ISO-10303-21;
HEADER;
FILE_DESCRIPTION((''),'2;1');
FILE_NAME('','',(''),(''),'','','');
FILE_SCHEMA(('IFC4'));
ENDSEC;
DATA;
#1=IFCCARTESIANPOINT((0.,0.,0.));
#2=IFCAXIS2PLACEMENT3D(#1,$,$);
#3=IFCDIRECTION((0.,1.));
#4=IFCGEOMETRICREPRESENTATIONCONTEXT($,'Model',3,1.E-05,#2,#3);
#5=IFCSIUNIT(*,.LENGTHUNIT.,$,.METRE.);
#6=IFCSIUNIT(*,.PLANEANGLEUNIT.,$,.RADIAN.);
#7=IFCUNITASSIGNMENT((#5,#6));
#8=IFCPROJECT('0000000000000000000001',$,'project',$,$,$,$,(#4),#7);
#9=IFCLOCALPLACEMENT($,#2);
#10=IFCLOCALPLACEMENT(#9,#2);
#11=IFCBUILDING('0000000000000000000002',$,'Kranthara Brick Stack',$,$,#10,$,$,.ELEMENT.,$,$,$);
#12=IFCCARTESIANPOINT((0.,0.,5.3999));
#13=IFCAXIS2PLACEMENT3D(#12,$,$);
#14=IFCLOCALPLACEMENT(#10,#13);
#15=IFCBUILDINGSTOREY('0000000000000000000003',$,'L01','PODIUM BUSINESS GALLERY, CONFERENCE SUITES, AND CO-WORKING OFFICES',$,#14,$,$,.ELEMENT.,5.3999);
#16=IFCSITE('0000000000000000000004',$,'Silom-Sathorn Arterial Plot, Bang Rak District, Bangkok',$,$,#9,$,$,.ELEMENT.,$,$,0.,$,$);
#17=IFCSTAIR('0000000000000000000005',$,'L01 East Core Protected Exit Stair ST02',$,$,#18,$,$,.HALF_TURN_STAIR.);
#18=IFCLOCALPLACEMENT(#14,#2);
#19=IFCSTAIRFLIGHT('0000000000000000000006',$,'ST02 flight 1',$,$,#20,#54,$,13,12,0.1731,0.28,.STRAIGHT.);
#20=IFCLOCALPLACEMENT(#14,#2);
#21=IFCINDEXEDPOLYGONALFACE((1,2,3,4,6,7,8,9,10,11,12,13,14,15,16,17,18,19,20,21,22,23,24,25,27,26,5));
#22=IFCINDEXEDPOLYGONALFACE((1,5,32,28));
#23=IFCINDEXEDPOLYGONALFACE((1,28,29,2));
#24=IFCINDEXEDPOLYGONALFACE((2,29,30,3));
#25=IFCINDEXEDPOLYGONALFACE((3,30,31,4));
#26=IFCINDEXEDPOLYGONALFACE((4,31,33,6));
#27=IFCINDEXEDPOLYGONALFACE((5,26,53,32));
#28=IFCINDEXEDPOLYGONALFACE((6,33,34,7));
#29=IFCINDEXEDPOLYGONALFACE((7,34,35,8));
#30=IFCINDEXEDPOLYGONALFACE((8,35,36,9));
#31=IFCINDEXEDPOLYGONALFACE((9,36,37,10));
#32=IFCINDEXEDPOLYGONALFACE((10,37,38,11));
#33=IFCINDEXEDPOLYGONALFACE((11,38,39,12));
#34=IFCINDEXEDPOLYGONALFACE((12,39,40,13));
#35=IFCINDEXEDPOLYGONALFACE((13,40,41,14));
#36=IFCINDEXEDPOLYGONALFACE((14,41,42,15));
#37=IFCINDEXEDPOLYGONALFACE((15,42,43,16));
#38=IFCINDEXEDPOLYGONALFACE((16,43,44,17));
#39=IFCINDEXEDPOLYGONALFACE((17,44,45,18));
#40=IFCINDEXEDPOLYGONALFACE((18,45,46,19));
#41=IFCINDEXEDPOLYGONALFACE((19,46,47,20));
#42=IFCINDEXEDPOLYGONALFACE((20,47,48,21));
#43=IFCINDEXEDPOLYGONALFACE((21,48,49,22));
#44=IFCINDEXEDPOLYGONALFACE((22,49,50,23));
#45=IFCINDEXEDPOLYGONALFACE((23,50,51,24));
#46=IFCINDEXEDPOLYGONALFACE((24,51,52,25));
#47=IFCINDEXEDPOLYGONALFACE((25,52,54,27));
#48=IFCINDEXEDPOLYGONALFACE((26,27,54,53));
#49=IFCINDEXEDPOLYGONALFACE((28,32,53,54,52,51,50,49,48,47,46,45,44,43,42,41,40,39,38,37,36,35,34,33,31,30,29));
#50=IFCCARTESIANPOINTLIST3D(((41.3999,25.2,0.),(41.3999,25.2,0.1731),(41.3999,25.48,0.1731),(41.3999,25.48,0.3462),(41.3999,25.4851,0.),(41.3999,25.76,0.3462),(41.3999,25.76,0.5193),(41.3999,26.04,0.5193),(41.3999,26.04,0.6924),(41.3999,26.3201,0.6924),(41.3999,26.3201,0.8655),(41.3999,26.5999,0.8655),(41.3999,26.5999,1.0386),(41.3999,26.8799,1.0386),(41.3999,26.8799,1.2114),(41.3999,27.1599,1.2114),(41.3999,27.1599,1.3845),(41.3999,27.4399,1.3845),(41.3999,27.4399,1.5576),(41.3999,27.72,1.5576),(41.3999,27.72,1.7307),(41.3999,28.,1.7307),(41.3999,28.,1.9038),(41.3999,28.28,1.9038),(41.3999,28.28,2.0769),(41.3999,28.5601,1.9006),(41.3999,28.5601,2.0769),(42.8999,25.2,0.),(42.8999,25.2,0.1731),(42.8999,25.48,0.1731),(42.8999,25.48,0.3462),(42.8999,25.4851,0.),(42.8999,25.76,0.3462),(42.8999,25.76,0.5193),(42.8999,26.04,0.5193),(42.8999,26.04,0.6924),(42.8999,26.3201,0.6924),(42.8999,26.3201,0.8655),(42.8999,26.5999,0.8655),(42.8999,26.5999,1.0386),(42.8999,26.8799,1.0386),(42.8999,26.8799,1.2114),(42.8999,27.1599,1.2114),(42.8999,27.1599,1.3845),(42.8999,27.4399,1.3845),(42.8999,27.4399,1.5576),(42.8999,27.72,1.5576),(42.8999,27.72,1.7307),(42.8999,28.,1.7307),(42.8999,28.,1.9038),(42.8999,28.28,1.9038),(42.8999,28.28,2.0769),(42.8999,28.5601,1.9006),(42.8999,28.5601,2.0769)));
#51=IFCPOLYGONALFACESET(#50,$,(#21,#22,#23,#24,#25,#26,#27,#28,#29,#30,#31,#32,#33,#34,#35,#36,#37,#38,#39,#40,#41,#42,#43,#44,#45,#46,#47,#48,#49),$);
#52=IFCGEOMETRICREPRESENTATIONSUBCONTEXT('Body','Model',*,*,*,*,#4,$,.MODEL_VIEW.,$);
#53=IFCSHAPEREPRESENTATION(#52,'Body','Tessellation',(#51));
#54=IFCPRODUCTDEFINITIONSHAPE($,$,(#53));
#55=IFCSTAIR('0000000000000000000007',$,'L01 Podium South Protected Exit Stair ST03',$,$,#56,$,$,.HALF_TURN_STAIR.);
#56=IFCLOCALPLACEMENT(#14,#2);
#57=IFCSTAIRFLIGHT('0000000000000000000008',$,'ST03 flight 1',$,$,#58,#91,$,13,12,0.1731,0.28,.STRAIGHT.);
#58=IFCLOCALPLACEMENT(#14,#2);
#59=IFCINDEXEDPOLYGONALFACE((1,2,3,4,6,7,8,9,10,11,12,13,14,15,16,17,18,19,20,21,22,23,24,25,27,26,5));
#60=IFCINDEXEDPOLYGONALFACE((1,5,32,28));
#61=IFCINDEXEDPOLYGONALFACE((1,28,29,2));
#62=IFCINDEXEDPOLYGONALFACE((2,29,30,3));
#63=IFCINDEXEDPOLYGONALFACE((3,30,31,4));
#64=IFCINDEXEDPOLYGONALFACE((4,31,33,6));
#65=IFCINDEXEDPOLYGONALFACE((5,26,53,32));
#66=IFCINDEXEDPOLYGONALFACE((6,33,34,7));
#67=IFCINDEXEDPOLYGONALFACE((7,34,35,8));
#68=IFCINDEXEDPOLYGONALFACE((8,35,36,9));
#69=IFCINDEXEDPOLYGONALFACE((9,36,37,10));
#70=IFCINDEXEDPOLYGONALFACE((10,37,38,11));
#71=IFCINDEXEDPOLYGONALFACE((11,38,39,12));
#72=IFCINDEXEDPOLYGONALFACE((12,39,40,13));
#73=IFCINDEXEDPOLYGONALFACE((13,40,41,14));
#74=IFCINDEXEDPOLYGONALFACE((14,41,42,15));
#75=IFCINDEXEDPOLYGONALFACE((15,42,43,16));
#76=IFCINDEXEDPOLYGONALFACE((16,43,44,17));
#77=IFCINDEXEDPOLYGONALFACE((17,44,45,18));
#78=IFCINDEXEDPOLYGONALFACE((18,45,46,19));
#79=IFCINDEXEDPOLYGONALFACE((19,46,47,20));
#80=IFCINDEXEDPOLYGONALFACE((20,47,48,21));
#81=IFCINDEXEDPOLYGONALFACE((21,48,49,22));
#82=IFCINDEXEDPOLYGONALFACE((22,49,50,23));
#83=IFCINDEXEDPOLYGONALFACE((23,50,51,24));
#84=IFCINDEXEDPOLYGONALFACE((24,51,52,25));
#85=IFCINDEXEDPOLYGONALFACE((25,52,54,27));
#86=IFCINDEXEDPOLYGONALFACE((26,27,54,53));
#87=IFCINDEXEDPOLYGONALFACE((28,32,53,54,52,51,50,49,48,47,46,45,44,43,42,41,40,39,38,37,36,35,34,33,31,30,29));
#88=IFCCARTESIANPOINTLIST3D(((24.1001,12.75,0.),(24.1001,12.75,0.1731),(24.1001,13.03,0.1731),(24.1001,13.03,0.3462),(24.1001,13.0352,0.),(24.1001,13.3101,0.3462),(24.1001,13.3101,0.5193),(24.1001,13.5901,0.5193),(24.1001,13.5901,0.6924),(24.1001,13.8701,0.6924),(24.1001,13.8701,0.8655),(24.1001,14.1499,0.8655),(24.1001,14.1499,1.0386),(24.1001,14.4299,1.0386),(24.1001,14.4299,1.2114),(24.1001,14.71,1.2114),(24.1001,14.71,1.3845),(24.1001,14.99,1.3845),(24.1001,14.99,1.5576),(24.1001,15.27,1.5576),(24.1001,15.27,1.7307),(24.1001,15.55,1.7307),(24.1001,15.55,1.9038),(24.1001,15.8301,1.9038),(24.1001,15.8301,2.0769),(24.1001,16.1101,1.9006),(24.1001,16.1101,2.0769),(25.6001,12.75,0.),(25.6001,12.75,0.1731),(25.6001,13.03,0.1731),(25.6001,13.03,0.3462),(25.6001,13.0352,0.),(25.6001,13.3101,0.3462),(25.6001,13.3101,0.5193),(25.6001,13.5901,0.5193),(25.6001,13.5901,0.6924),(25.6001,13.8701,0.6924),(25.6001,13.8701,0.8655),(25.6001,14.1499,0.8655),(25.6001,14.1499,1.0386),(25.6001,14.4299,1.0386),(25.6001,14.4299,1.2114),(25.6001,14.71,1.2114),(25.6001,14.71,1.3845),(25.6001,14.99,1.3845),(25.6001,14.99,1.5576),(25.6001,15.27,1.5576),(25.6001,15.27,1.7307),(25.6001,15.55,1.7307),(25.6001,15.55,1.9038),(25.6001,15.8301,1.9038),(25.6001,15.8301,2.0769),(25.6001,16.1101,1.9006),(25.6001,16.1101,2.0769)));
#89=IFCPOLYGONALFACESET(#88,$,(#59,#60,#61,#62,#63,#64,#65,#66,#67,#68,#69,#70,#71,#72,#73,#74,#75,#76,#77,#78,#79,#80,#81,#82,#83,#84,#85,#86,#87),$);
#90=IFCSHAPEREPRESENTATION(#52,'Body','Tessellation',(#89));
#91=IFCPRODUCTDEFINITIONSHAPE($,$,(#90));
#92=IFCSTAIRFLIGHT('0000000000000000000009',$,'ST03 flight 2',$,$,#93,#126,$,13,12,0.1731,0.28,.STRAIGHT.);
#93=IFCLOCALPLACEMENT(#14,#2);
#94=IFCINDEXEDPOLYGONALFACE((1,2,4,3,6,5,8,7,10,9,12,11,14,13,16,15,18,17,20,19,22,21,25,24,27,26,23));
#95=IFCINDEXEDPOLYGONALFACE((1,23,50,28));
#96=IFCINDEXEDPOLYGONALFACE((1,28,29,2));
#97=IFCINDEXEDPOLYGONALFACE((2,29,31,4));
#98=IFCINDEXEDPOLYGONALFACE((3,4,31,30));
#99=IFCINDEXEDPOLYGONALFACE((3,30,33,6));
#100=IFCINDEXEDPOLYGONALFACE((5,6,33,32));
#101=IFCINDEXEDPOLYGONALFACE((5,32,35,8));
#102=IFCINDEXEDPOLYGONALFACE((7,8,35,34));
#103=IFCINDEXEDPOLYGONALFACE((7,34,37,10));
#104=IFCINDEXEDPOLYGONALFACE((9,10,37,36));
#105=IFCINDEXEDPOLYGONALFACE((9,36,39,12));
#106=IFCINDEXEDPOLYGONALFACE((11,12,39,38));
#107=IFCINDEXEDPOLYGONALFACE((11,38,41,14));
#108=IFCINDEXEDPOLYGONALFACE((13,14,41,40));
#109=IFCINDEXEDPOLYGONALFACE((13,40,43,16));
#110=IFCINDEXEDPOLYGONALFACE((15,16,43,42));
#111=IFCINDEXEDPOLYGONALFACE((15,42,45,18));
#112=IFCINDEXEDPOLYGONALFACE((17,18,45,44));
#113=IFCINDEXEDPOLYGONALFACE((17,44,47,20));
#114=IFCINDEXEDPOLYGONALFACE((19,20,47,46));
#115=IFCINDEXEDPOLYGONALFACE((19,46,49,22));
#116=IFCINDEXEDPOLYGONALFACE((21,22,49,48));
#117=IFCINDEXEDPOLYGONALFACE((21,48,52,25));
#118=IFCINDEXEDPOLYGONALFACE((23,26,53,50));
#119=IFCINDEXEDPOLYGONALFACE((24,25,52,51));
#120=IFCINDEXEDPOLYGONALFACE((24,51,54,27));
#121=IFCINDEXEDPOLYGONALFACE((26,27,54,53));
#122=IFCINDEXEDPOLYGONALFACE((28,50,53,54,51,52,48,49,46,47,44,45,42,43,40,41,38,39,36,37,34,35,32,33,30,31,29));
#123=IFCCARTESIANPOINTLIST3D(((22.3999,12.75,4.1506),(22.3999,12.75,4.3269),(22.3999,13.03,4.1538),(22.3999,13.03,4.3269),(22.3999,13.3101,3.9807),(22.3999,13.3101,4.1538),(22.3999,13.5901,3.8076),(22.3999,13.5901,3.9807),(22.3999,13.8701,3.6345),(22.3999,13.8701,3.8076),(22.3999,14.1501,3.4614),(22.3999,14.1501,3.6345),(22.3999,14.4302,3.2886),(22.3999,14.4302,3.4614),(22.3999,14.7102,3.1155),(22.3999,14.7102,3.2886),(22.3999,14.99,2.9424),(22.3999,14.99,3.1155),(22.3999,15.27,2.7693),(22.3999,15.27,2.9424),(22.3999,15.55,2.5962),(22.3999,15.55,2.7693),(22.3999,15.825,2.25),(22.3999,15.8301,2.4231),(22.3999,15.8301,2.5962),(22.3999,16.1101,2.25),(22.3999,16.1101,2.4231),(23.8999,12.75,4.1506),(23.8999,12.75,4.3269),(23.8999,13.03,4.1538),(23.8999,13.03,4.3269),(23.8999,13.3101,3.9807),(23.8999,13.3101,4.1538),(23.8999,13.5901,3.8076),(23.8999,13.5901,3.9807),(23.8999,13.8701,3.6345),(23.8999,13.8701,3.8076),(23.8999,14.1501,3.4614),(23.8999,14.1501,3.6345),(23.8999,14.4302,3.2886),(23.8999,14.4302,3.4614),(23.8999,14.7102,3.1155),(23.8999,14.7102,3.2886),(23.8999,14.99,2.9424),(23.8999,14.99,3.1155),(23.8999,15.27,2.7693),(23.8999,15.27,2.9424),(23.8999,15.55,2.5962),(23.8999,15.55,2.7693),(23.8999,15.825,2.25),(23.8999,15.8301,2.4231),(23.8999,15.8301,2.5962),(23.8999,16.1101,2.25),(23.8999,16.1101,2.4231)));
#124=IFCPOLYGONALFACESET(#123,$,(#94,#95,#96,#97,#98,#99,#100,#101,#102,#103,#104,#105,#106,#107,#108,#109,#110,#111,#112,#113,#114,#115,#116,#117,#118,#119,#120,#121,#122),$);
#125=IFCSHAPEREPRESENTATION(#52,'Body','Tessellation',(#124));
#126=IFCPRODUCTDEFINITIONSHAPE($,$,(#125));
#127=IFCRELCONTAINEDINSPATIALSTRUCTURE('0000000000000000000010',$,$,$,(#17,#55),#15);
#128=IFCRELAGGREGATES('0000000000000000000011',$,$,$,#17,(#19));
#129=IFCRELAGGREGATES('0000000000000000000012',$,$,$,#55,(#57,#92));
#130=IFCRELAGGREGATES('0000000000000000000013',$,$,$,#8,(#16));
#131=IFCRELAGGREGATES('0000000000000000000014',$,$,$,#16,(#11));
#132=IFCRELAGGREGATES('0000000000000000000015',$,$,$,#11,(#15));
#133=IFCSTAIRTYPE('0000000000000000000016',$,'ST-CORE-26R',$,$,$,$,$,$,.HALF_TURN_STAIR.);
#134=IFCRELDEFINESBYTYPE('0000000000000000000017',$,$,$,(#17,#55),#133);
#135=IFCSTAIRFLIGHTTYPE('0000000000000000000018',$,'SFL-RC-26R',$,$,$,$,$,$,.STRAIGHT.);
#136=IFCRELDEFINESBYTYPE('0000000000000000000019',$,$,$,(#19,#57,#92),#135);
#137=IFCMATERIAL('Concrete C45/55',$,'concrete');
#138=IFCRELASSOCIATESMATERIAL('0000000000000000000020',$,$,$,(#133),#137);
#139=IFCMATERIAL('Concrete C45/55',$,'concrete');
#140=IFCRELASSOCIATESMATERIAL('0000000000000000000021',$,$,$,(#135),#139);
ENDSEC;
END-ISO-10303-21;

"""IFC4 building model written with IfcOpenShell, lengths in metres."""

from ifc_helpers import new_model, si_unit, direction, frame, origin, place, context, subcontext, project, spatial, polyline, outline, extrude, material, type_object, element, aggregate, save


model = new_model("IFC4")

# Units and contexts
model_context = context("Model", 3, precision=1e-05, world=origin(), true_north=direction((0.0, 1.0)))
body_context = subcontext(model_context, "Body", "Model", "MODEL_VIEW")
ifc_project = project(units=[si_unit("LENGTHUNIT", "METRE"), si_unit("PLANEANGLEUNIT", "RADIAN")], contexts=[model_context])

# Site, building, storey
site_placement = place(None, origin())
site = spatial("IfcSite", under=ifc_project, at=site_placement, Name="Silom-Sathorn Arterial Plot, Bang Rak District, Bangkok", CompositionType="ELEMENT", RefElevation=0.0)
building_placement = place(site_placement, origin())
building = spatial("IfcBuilding", under=site, at=building_placement, Name="Kranthara Brick Stack", CompositionType="ELEMENT")
storey_placement = place(building_placement, frame((0.0, 0.0, 5.3999)))
storey = spatial("IfcBuildingStorey", under=building, at=storey_placement, Name="L01", Description="PODIUM BUSINESS GALLERY, CONFERENCE SUITES, AND CO-WORKING OFFICES", CompositionType="ELEMENT", Elevation=5.3999)

# Stair, stair flight
ifc_material_1 = material(Name="Concrete C45/55", Category="concrete")
stair_type = type_object("IfcStairType", Name="ST-CORE-26R", PredefinedType="HALF_TURN_STAIR", material=ifc_material_1)
stair_1_placement = place(storey_placement, origin())
stair_1 = element("IfcStair", 1, at=stair_1_placement, inside=storey, type_object=stair_type, Name="L01 East Core Protected Exit Stair ST02", PredefinedType="HALF_TURN_STAIR")
ifc_material_2 = material(Name="Concrete C45/55", Category="concrete")
stair_flight_type = type_object("IfcStairFlightType", Name="SFL-RC-26R", PredefinedType="STRAIGHT", material=ifc_material_2)
stair_flight_1_placement = place(storey_placement, frame((42.1499, 25.2, 0.0), z_axis=(0.0, 0.0, 1.0), x_axis=(0.0, 1.0, 0.0)))
stair_flight_1 = element("IfcStairFlight", 2, at=stair_flight_1_placement, type_object=stair_flight_type, Name="ST02 flight 1", NumberOfRisers=13, NumberOfTreads=12, PredefinedType="STRAIGHT", RiserHeight=0.1731, TreadLength=0.28, context=body_context, shape_type="SweptSolid", body=[
    extrude(outline(polyline([(0.0, 0.0), (0.0, 0.1731), (0.28, 0.1731), (0.28, 0.3462), (0.5601, 0.3462), (0.5601, 0.5193), (0.8401, 0.5193), (0.8401, 0.6924), (1.1201, 0.6924), (1.1201, 0.8655), (1.3999, 0.8655), (1.3999, 1.0386), (1.6799, 1.0386), (1.6799, 1.2114), (1.96, 1.2114), (1.96, 1.3845), (2.24, 1.3845), (2.24, 1.5576), (2.52, 1.5576), (2.52, 1.7307), (2.8, 1.7307), (2.8, 1.9038), (3.0801, 1.9038), (3.0801, 2.0769), (3.3601, 2.0769), (3.3601, 2.25), (3.3601, 1.9006), (0.2852, 0.0), (0.0, 0.0)])), frame((0.0, 0.75, 0.0), z_axis=(0.0, -1.0, 0.0), x_axis=(1.0, 0.0, 0.0)), (0.0, 0.0, 1.0), 1.5),
])
aggregate(stair_1, [stair_flight_1])

# Stair, stair flights
stair_2_placement = place(storey_placement, origin())
stair_2 = element("IfcStair", 3, at=stair_2_placement, inside=storey, type_object=stair_type, Name="L01 Podium South Protected Exit Stair ST03", PredefinedType="HALF_TURN_STAIR")
stair_flight_2_placement = place(storey_placement, frame((24.8501, 12.75, 0.0), z_axis=(0.0, 0.0, 1.0), x_axis=(0.0, 1.0, 0.0)))
stair_flight_2 = element("IfcStairFlight", 4, at=stair_flight_2_placement, type_object=stair_flight_type, Name="ST03 flight 1", NumberOfRisers=13, NumberOfTreads=12, PredefinedType="STRAIGHT", RiserHeight=0.1731, TreadLength=0.28, context=body_context, shape_type="SweptSolid", body=[
    extrude(outline(polyline([(0.0, 0.0), (0.0, 0.1731), (0.28, 0.1731), (0.28, 0.3462), (0.5601, 0.3462), (0.5601, 0.5193), (0.8401, 0.5193), (0.8401, 0.6924), (1.1201, 0.6924), (1.1201, 0.8655), (1.3999, 0.8655), (1.3999, 1.0386), (1.6799, 1.0386), (1.6799, 1.2114), (1.96, 1.2114), (1.96, 1.3845), (2.24, 1.3845), (2.24, 1.5576), (2.52, 1.5576), (2.52, 1.7307), (2.8, 1.7307), (2.8, 1.9038), (3.0801, 1.9038), (3.0801, 2.0769), (3.3601, 2.0769), (3.3601, 2.25), (3.3601, 1.9006), (0.2852, 0.0), (0.0, 0.0)])), frame((0.0, 0.75, 0.0), z_axis=(0.0, -1.0, 0.0), x_axis=(1.0, 0.0, 0.0)), (0.0, 0.0, 1.0), 1.5),
])
stair_flight_3_placement = place(storey_placement, frame((23.1499, 16.1101, 2.25), z_axis=(0.0, 0.0, 1.0), x_axis=(0.0, -1.0, 0.0)))
stair_flight_3 = element("IfcStairFlight", 5, at=stair_flight_3_placement, type_object=stair_flight_type, Name="ST03 flight 2", NumberOfRisers=13, NumberOfTreads=12, PredefinedType="STRAIGHT", RiserHeight=0.1731, TreadLength=0.28, context=body_context, shape_type="SweptSolid", body=[
    extrude(outline(polyline([(0.0, 0.0), (0.0, 0.1731), (0.28, 0.1731), (0.28, 0.3462), (0.5601, 0.3462), (0.5601, 0.5193), (0.8401, 0.5193), (0.8401, 0.6924), (1.1201, 0.6924), (1.1201, 0.8655), (1.3999, 0.8655), (1.3999, 1.0386), (1.6799, 1.0386), (1.6799, 1.2114), (1.96, 1.2114), (1.96, 1.3845), (2.24, 1.3845), (2.24, 1.5576), (2.52, 1.5576), (2.52, 1.7307), (2.8, 1.7307), (2.8, 1.9038), (3.0801, 1.9038), (3.0801, 2.0769), (3.3601, 2.0769), (3.3601, 2.25), (3.3601, 1.9006), (0.2852, 0.0), (0.0, 0.0)])), frame((0.0, 0.75, 0.0), z_axis=(0.0, -1.0, 0.0), x_axis=(1.0, 0.0, 0.0)), (0.0, 0.0, 1.0), 1.5),
])
aggregate(stair_2, [stair_flight_2, stair_flight_3])

save(model, "model.ifc")
